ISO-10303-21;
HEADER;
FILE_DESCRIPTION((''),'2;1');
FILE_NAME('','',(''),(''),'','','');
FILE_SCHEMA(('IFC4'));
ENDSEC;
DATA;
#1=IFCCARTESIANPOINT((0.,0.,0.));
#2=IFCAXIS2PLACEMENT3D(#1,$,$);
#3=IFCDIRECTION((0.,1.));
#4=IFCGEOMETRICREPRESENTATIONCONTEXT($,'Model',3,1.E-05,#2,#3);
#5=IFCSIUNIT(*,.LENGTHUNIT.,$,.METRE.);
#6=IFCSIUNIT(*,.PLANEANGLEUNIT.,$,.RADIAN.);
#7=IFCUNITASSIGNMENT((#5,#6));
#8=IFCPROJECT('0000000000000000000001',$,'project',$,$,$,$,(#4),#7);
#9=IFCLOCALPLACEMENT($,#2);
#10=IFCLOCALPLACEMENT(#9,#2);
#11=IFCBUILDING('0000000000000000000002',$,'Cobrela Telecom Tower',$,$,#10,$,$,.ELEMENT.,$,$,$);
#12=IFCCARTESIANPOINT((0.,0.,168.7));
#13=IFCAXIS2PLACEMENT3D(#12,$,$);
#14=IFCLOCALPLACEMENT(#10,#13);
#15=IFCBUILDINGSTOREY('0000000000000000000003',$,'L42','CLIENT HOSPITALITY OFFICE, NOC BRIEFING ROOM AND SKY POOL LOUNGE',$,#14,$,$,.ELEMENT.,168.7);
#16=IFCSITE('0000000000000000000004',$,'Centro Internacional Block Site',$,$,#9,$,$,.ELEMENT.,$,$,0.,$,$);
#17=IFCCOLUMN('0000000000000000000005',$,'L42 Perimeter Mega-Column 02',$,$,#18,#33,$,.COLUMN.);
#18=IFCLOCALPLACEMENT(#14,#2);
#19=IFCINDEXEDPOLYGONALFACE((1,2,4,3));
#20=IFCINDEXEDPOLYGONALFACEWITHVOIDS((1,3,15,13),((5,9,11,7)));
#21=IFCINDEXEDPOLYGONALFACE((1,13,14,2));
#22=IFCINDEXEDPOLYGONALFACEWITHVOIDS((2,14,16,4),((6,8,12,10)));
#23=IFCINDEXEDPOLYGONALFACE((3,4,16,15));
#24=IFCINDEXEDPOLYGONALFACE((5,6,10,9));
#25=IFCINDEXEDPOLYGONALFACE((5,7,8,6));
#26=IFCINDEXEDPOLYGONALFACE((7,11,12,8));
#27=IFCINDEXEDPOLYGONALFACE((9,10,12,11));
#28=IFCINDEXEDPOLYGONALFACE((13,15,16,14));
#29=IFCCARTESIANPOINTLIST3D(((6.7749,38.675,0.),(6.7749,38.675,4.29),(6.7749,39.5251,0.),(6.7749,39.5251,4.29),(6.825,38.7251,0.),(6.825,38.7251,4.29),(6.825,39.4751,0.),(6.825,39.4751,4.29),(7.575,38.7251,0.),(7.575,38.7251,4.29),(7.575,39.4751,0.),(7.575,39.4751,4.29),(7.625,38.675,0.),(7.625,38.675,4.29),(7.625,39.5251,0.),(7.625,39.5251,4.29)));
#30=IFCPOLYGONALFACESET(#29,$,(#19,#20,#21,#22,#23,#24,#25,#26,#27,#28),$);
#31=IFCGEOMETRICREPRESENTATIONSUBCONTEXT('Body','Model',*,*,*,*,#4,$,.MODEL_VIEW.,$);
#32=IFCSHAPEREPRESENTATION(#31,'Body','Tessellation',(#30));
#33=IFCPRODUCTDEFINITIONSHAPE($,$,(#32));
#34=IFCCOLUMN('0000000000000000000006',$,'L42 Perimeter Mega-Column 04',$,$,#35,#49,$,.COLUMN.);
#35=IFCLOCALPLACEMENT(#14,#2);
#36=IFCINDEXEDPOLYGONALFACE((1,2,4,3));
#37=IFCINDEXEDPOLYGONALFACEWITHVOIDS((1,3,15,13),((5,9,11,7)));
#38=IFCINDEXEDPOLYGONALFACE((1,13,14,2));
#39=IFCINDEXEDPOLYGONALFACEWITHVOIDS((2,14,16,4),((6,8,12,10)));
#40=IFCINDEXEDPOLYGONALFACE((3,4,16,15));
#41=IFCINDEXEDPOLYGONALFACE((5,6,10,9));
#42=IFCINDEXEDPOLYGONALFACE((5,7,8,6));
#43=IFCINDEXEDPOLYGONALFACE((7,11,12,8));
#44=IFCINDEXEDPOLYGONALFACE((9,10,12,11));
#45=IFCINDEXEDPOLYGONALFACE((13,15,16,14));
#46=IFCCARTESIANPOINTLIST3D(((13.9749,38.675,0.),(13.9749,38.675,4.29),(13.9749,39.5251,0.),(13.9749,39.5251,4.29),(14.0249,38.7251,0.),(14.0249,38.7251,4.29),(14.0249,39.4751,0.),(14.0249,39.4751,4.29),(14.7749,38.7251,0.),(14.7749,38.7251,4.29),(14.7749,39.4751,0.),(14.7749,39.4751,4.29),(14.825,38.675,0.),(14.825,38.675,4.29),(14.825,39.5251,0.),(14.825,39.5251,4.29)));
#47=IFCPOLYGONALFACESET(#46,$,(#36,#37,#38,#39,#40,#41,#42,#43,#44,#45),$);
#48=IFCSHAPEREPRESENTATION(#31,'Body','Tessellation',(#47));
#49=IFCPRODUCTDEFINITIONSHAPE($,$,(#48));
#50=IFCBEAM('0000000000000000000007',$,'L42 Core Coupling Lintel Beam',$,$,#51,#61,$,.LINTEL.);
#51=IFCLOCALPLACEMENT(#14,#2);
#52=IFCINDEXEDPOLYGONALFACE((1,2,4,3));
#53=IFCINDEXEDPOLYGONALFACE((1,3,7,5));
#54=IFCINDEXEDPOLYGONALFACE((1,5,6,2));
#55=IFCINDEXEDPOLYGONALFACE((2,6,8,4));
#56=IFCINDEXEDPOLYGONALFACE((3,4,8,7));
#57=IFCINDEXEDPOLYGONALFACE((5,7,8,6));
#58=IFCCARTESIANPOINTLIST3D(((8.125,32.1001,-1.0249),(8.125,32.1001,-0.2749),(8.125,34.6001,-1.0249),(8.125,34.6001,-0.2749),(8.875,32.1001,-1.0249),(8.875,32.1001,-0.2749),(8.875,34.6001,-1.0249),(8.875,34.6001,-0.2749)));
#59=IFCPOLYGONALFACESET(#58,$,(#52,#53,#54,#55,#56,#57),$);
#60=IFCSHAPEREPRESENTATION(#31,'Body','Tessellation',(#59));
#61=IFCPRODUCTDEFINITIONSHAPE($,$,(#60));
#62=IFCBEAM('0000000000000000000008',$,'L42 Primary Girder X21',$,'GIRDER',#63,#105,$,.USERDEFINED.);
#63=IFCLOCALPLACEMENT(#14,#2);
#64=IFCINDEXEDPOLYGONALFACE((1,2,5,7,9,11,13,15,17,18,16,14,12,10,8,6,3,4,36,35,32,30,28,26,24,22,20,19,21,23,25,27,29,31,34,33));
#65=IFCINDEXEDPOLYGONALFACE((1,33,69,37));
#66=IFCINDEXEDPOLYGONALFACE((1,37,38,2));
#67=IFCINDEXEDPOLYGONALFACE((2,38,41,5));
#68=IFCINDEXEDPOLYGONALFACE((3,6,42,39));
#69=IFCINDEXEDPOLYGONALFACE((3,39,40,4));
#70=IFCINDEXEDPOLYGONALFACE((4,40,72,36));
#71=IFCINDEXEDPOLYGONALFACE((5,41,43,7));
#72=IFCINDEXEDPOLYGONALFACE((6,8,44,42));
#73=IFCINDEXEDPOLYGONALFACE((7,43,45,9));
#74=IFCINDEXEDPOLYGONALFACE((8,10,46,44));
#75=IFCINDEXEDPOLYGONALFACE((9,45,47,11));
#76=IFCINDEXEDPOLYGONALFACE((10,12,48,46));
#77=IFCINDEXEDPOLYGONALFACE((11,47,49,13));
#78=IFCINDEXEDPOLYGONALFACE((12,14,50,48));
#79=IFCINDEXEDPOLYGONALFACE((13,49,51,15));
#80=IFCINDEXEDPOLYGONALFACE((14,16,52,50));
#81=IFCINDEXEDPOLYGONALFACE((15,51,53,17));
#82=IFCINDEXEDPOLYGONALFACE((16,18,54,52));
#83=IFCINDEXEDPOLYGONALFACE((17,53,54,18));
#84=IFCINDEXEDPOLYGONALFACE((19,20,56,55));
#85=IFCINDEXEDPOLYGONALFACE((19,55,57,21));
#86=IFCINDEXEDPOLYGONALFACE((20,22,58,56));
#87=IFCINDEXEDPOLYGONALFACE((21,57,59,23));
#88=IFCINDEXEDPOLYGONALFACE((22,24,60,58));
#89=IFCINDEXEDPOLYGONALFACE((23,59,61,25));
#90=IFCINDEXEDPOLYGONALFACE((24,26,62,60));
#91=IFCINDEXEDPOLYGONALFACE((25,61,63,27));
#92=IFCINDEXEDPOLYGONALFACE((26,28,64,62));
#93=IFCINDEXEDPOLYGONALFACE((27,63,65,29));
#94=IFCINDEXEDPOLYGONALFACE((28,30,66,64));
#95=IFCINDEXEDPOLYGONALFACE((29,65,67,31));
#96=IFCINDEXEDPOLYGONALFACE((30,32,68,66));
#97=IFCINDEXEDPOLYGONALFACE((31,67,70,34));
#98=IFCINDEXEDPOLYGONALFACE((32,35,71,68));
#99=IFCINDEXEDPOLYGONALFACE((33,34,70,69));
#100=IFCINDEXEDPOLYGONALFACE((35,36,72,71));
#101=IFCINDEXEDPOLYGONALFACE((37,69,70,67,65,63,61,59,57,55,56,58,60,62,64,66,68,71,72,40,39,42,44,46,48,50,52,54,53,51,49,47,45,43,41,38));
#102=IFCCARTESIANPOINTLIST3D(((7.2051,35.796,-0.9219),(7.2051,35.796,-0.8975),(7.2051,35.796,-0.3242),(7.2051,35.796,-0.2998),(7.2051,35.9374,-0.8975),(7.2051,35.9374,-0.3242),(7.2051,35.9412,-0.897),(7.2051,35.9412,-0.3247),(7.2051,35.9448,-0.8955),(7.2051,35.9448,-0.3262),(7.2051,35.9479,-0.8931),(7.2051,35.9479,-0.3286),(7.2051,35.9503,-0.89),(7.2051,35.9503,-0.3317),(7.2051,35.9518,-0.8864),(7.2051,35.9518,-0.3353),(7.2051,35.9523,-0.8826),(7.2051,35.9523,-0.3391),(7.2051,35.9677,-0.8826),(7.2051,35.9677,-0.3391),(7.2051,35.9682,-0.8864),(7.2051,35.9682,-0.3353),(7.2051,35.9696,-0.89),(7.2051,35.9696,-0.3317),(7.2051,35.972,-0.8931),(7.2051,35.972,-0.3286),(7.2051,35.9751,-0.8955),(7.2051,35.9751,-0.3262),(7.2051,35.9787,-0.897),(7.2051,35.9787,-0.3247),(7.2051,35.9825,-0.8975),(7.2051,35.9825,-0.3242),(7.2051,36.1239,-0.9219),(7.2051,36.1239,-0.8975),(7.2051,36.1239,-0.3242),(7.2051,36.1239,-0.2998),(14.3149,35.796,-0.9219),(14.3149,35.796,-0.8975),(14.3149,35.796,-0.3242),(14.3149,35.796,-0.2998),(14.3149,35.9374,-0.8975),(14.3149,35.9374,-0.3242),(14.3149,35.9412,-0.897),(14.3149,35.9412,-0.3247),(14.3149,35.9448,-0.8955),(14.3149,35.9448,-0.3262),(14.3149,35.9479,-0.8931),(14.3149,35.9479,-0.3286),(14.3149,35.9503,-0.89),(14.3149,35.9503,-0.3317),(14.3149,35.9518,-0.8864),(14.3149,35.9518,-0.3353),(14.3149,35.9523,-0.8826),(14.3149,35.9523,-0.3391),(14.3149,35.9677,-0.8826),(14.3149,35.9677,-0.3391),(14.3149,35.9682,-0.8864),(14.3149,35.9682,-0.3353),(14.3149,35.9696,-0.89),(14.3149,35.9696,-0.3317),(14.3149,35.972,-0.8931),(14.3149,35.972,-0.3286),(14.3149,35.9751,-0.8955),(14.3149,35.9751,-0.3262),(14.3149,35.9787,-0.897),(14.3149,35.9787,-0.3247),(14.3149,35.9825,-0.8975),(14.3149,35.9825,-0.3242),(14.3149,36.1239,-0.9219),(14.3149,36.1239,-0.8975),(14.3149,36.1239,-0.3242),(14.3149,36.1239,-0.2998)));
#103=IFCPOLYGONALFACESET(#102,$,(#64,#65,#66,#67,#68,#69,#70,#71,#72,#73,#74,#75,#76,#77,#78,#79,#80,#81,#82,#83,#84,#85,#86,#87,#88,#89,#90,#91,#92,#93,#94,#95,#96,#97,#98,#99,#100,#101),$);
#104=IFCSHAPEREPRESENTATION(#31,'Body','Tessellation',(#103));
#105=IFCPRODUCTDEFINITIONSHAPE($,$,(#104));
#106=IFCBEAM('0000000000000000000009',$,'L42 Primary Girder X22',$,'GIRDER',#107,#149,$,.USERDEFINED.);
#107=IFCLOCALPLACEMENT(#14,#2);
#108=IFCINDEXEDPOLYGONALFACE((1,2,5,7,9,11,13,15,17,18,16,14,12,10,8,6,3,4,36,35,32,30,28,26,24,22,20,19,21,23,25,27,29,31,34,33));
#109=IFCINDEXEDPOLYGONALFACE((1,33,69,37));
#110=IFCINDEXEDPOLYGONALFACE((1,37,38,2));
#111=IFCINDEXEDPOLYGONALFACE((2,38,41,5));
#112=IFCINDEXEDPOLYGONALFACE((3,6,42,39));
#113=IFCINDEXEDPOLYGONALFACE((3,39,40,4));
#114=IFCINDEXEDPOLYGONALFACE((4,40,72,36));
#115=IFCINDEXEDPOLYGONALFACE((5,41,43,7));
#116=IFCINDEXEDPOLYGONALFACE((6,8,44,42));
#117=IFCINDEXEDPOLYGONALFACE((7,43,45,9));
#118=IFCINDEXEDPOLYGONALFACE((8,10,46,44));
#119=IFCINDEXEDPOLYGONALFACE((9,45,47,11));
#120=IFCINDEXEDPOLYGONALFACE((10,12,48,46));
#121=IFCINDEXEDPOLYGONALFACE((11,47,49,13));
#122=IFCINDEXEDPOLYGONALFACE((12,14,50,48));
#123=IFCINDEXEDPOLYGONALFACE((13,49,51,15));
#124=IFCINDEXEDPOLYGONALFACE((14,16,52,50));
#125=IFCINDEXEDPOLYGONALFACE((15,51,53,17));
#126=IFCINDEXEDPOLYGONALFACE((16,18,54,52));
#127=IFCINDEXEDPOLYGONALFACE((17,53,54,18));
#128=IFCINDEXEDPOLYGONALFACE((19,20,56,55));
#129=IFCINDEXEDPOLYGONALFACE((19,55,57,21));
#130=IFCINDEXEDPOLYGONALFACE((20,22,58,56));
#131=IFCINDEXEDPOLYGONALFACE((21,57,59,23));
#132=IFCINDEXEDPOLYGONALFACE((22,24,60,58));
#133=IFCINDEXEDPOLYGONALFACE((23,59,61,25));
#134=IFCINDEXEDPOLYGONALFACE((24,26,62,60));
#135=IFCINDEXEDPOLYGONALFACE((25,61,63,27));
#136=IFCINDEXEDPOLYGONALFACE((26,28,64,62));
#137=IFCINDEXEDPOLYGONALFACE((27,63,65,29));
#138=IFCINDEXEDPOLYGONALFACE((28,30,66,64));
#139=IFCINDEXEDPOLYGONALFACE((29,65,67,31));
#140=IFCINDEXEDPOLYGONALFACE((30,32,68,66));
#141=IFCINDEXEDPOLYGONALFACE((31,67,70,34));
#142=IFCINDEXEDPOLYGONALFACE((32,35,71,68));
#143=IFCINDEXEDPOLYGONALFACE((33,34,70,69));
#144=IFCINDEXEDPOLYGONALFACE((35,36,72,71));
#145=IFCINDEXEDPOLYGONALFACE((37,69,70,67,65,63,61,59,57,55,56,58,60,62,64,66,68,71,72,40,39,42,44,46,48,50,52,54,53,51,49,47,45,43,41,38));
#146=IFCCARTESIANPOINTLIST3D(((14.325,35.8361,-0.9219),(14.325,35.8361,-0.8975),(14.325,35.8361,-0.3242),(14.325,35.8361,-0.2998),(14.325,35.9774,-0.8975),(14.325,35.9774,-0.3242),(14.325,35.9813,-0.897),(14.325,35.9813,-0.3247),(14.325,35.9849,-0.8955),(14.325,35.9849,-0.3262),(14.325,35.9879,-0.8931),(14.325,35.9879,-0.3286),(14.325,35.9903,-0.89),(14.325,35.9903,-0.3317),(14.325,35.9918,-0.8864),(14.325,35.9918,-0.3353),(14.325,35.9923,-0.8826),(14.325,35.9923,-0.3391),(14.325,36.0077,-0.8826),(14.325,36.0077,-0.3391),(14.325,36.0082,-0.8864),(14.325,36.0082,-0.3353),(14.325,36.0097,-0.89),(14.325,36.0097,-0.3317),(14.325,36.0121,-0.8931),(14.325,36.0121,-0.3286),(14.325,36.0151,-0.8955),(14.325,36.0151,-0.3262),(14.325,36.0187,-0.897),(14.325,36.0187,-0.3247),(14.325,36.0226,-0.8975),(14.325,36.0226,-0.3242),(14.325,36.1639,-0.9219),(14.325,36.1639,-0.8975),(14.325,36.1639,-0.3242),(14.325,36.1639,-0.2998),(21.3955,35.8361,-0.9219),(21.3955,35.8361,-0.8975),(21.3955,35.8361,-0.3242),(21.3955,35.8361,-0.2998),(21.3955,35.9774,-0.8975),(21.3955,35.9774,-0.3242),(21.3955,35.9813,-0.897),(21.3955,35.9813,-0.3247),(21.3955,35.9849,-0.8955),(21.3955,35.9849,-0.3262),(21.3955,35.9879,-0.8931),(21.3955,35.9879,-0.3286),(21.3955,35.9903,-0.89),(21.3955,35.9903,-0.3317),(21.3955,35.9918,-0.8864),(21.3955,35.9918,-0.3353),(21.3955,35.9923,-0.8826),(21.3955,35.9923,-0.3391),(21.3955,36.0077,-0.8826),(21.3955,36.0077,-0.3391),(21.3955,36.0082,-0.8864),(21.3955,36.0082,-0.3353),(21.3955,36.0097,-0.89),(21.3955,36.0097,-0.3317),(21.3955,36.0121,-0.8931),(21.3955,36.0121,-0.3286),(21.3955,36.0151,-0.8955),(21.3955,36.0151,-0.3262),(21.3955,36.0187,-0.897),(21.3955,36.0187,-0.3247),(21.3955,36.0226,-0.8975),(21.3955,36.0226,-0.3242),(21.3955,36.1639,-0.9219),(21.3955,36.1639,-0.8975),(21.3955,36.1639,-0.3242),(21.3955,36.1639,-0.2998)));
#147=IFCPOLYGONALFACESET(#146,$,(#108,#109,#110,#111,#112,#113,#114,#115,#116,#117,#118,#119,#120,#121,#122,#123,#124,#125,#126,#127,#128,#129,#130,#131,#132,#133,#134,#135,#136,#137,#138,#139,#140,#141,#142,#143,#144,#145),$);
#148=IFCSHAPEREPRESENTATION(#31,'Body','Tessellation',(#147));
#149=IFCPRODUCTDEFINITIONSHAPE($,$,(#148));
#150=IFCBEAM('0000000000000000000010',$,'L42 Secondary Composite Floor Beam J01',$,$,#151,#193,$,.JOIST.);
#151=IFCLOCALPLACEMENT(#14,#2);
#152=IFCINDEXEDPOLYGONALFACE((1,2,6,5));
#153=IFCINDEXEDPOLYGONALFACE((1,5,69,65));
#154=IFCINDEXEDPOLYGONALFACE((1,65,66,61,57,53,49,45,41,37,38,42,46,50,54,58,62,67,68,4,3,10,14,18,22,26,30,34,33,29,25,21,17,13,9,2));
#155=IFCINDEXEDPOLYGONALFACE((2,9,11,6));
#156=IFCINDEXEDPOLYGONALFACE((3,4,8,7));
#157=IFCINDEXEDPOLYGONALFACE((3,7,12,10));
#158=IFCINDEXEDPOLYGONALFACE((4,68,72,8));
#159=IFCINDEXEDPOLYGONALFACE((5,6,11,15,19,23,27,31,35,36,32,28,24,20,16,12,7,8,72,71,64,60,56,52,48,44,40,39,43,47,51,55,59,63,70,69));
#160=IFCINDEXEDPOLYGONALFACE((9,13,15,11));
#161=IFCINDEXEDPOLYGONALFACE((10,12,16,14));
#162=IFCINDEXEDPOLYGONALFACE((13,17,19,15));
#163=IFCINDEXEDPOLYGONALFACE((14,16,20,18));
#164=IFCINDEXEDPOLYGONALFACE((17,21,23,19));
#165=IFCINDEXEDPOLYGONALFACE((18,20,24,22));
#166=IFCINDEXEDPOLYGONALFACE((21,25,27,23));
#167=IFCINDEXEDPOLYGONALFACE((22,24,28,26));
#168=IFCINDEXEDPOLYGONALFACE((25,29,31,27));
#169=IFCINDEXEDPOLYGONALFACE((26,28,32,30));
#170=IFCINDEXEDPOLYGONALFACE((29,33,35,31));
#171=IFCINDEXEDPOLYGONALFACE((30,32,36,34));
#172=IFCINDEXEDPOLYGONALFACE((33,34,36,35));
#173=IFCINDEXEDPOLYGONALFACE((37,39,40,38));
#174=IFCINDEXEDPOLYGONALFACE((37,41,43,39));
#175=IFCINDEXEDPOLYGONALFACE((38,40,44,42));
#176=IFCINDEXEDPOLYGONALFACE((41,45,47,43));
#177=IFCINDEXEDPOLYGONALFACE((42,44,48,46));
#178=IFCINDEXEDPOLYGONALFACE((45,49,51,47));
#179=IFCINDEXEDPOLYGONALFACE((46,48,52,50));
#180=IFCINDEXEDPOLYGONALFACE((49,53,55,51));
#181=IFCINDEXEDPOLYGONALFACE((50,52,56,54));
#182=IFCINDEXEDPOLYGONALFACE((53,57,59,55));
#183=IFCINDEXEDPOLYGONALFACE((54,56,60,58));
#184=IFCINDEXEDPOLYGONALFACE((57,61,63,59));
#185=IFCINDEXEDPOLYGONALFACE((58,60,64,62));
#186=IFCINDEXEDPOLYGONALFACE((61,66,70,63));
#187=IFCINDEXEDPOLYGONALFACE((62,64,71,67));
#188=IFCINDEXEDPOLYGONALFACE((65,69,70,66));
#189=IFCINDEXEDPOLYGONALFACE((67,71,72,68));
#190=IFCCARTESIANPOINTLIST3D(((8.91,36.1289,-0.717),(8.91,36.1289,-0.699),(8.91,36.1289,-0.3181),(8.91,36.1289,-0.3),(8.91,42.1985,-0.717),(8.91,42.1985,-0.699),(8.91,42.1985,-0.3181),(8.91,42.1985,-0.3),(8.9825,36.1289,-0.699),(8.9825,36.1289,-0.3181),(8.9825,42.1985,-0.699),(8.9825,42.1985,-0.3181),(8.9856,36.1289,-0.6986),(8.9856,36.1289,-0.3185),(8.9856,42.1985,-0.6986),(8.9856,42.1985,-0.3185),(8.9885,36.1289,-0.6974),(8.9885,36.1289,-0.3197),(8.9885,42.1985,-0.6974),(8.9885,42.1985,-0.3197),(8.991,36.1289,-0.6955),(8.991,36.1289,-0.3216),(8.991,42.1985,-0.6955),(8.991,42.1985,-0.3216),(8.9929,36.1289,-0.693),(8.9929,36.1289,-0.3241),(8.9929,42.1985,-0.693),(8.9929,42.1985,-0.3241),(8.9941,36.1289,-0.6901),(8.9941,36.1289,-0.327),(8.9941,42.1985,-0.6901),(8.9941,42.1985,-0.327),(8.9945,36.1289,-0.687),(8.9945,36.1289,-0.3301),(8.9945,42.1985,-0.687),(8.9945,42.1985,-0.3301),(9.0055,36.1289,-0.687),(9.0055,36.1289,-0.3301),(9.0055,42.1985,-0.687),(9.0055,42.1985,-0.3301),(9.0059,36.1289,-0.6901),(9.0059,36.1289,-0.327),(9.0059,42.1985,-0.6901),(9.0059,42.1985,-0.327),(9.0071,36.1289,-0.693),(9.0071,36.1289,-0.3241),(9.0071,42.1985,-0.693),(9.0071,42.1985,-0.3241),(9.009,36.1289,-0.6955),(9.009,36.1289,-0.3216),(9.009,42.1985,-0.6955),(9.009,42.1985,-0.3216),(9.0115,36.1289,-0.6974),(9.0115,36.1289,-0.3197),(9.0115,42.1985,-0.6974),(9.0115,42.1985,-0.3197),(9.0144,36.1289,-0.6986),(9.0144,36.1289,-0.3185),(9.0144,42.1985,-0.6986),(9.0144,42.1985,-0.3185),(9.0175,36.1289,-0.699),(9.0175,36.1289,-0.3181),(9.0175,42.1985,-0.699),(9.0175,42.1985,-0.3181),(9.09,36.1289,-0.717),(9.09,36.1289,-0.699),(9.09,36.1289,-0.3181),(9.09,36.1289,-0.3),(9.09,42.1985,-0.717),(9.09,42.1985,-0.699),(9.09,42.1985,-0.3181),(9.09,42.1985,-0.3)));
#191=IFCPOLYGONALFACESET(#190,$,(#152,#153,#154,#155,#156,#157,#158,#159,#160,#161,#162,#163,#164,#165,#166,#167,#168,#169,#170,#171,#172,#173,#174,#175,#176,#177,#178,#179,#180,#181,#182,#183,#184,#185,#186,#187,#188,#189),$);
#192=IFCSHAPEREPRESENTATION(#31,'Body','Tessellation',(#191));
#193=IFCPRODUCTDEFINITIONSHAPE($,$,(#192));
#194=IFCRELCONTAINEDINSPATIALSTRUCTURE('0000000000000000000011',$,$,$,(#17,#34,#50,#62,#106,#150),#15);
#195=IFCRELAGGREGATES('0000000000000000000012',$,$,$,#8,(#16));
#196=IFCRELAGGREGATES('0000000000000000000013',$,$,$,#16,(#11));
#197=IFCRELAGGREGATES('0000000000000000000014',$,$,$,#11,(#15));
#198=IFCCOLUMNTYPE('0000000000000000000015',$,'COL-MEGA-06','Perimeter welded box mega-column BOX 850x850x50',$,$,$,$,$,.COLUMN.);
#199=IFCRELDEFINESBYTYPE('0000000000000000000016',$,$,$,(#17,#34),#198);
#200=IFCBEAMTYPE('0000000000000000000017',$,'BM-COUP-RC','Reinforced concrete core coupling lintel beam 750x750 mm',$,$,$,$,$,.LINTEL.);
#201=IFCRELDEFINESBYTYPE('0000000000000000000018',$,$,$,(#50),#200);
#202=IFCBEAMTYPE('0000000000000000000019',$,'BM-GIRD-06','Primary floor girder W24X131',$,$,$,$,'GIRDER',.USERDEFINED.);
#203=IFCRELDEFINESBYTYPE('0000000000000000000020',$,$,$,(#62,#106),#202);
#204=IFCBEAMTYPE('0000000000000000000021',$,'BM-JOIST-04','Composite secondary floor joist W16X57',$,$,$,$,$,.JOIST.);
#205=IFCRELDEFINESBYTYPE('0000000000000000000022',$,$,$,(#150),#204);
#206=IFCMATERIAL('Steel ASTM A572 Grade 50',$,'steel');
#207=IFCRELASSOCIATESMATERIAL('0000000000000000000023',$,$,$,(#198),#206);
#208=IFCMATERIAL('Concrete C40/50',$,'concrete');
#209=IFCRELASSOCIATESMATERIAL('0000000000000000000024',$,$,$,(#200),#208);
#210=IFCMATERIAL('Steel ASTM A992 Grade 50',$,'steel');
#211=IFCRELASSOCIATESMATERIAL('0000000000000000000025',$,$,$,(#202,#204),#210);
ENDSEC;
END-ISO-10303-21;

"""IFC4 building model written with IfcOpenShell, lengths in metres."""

from ifc_helpers import new_model, si_unit, direction, frame, origin, origin_2d, place, context, subcontext, project, spatial, rectangle, hollow_rectangle, i_section, extrude, material, material_profile, profile_set, type_object, element, save


model = new_model("IFC4")

# Units and contexts
model_context = context("Model", 3, precision=1e-05, world=origin(), true_north=direction((0.0, 1.0)))
body_context = subcontext(model_context, "Body", "Model", "MODEL_VIEW")
ifc_project = project(units=[si_unit("LENGTHUNIT", "METRE"), si_unit("PLANEANGLEUNIT", "RADIAN")], contexts=[model_context])

# Site, building, storey
site_placement = place(None, origin())
site = spatial("IfcSite", under=ifc_project, at=site_placement, Name="Centro Internacional Block Site", CompositionType="ELEMENT", RefElevation=0.0)
building_placement = place(site_placement, origin())
building = spatial("IfcBuilding", under=site, at=building_placement, Name="Cobrela Telecom Tower", CompositionType="ELEMENT")
storey_placement = place(building_placement, frame((0.0, 0.0, 168.7)))
storey = spatial("IfcBuildingStorey", under=building, at=storey_placement, Name="L42", Description="CLIENT HOSPITALITY OFFICE, NOC BRIEFING ROOM AND SKY POOL LOUNGE", CompositionType="ELEMENT", Elevation=168.7)

# Columns
ifc_material_1 = material(Name="Steel ASTM A572 Grade 50", Category="steel")
ifc_material_profile_1 = material_profile(ifc_material_1, hollow_rectangle(XDim=0.8501, YDim=0.8501, WallThickness=0.05, at=origin_2d()), Name="BOX 850x850x50")
ifc_profile_set_1 = profile_set([ifc_material_profile_1], Name="Steel ASTM A572 Grade 50")
column_type = type_object("IfcColumnType", Name="COL-MEGA-06", Description="Perimeter welded box mega-column BOX 850x850x50", PredefinedType="COLUMN", material=ifc_profile_set_1)
for number, where, z_axis, x_axis, name in (
    (1, (7.2, 39.1001, 0.0), (0.0, 0.0, 1.0), (1.0, 0.0, 0.0), "L42 Perimeter Mega-Column 02"),
    (2, (14.3999, 39.1001, 0.0), (0.0, 0.0, 1.0), (1.0, 0.0, 0.0), "L42 Perimeter Mega-Column 04"),
):
    element("IfcColumn", number, at=place(storey_placement, frame(where, z_axis=z_axis, x_axis=x_axis)), inside=storey, type_object=column_type, Name=name, PredefinedType="COLUMN", context=body_context, shape_type="SweptSolid", body=[
        extrude(hollow_rectangle(XDim=0.8501, YDim=0.8501, WallThickness=0.05, at=origin_2d()), origin(), (0.0, 0.0, 1.0), 4.29),
    ])

# Beams
ifc_material_2 = material(Name="Concrete C40/50", Category="concrete")
ifc_material_profile_2 = material_profile(ifc_material_2, rectangle(XDim=0.75, YDim=0.75, at=origin_2d()), Name="RC 750x750")
ifc_profile_set_2 = profile_set([ifc_material_profile_2], Name="Concrete C40/50")
beam_type_1 = type_object("IfcBeamType", Name="BM-COUP-RC", Description="Reinforced concrete core coupling lintel beam 750x750 mm", PredefinedType="LINTEL", material=ifc_profile_set_2)
beam_1_placement = place(storey_placement, frame((8.5, 32.1001, -0.6499), z_axis=(0.0, 1.0, 0.0), x_axis=(-1.0, 0.0, 0.0)))
element("IfcBeam", 3, at=beam_1_placement, inside=storey, type_object=beam_type_1, Name="L42 Core Coupling Lintel Beam", PredefinedType="LINTEL", context=body_context, shape_type="SweptSolid", body=[
    extrude(rectangle(XDim=0.75, YDim=0.75, at=origin_2d()), origin(), (0.0, 0.0, 1.0), 2.5),
])
ifc_material_3 = material(Name="Steel ASTM A992 Grade 50", Category="steel")
ifc_material_profile_3 = material_profile(ifc_material_3, i_section(OverallWidth=0.3279, OverallDepth=0.6221, WebThickness=0.0154, FlangeThickness=0.0244, FilletRadius=0.0149, at=origin_2d()), Name="W24X131")
ifc_profile_set_3 = profile_set([ifc_material_profile_3], Name="Steel ASTM A992 Grade 50")
beam_type_2 = type_object("IfcBeamType", Name="BM-GIRD-06", Description="Primary floor girder W24X131", ElementType="GIRDER", PredefinedType="USERDEFINED", material=ifc_profile_set_3)
beam_2_placement = place(storey_placement, frame((7.2051, 35.96, -0.6108), z_axis=(1.0, 0.0, 0.0), x_axis=(0.0, 1.0, 0.0)))
element("IfcBeam", 4, at=beam_2_placement, inside=storey, type_object=beam_type_2, Name="L42 Primary Girder X21", ObjectType="GIRDER", PredefinedType="USERDEFINED", context=body_context, shape_type="SweptSolid", body=[
    extrude(i_section(OverallWidth=0.3279, OverallDepth=0.6221, WebThickness=0.0154, FlangeThickness=0.0244, FilletRadius=0.0149, at=origin_2d()), origin(), (0.0, 0.0, 1.0), 7.1099),
])
beam_3_placement = place(storey_placement, frame((14.325, 36.0, -0.6108), z_axis=(1.0, 0.0, 0.0), x_axis=(0.0, 1.0, 0.0)))
element("IfcBeam", 5, at=beam_3_placement, inside=storey, type_object=beam_type_2, Name="L42 Primary Girder X22", ObjectType="GIRDER", PredefinedType="USERDEFINED", context=body_context, shape_type="SweptSolid", body=[
    extrude(i_section(OverallWidth=0.3279, OverallDepth=0.6221, WebThickness=0.0154, FlangeThickness=0.0244, FilletRadius=0.0149, at=origin_2d()), origin(), (0.0, 0.0, 1.0), 7.0706),
])
ifc_material_profile_4 = material_profile(ifc_material_3, i_section(OverallWidth=0.1799, OverallDepth=0.417, WebThickness=0.011, FlangeThickness=0.0181, FilletRadius=0.012, at=origin_2d()), Name="W16X57")
ifc_profile_set_4 = profile_set([ifc_material_profile_4], Name="Steel ASTM A992 Grade 50")
beam_type_3 = type_object("IfcBeamType", Name="BM-JOIST-04", Description="Composite secondary floor joist W16X57", PredefinedType="JOIST", material=ifc_profile_set_4)
for number, where, z_axis, x_axis, name in (
    (6, (9.0, 36.1289, -0.5085), (0.0, 1.0, 0.0), (-1.0, 0.0, 0.0), "L42 Secondary Composite Floor Beam J01"),
):
    element("IfcBeam", number, at=place(storey_placement, frame(where, z_axis=z_axis, x_axis=x_axis)), inside=storey, type_object=beam_type_3, Name=name, PredefinedType="JOIST", context=body_context, shape_type="SweptSolid", body=[
        extrude(i_section(OverallWidth=0.1799, OverallDepth=0.417, WebThickness=0.011, FlangeThickness=0.0181, FilletRadius=0.012, at=origin_2d()), origin(), (0.0, 0.0, 1.0), 6.0696),
    ])

save(model, "model.ifc")
